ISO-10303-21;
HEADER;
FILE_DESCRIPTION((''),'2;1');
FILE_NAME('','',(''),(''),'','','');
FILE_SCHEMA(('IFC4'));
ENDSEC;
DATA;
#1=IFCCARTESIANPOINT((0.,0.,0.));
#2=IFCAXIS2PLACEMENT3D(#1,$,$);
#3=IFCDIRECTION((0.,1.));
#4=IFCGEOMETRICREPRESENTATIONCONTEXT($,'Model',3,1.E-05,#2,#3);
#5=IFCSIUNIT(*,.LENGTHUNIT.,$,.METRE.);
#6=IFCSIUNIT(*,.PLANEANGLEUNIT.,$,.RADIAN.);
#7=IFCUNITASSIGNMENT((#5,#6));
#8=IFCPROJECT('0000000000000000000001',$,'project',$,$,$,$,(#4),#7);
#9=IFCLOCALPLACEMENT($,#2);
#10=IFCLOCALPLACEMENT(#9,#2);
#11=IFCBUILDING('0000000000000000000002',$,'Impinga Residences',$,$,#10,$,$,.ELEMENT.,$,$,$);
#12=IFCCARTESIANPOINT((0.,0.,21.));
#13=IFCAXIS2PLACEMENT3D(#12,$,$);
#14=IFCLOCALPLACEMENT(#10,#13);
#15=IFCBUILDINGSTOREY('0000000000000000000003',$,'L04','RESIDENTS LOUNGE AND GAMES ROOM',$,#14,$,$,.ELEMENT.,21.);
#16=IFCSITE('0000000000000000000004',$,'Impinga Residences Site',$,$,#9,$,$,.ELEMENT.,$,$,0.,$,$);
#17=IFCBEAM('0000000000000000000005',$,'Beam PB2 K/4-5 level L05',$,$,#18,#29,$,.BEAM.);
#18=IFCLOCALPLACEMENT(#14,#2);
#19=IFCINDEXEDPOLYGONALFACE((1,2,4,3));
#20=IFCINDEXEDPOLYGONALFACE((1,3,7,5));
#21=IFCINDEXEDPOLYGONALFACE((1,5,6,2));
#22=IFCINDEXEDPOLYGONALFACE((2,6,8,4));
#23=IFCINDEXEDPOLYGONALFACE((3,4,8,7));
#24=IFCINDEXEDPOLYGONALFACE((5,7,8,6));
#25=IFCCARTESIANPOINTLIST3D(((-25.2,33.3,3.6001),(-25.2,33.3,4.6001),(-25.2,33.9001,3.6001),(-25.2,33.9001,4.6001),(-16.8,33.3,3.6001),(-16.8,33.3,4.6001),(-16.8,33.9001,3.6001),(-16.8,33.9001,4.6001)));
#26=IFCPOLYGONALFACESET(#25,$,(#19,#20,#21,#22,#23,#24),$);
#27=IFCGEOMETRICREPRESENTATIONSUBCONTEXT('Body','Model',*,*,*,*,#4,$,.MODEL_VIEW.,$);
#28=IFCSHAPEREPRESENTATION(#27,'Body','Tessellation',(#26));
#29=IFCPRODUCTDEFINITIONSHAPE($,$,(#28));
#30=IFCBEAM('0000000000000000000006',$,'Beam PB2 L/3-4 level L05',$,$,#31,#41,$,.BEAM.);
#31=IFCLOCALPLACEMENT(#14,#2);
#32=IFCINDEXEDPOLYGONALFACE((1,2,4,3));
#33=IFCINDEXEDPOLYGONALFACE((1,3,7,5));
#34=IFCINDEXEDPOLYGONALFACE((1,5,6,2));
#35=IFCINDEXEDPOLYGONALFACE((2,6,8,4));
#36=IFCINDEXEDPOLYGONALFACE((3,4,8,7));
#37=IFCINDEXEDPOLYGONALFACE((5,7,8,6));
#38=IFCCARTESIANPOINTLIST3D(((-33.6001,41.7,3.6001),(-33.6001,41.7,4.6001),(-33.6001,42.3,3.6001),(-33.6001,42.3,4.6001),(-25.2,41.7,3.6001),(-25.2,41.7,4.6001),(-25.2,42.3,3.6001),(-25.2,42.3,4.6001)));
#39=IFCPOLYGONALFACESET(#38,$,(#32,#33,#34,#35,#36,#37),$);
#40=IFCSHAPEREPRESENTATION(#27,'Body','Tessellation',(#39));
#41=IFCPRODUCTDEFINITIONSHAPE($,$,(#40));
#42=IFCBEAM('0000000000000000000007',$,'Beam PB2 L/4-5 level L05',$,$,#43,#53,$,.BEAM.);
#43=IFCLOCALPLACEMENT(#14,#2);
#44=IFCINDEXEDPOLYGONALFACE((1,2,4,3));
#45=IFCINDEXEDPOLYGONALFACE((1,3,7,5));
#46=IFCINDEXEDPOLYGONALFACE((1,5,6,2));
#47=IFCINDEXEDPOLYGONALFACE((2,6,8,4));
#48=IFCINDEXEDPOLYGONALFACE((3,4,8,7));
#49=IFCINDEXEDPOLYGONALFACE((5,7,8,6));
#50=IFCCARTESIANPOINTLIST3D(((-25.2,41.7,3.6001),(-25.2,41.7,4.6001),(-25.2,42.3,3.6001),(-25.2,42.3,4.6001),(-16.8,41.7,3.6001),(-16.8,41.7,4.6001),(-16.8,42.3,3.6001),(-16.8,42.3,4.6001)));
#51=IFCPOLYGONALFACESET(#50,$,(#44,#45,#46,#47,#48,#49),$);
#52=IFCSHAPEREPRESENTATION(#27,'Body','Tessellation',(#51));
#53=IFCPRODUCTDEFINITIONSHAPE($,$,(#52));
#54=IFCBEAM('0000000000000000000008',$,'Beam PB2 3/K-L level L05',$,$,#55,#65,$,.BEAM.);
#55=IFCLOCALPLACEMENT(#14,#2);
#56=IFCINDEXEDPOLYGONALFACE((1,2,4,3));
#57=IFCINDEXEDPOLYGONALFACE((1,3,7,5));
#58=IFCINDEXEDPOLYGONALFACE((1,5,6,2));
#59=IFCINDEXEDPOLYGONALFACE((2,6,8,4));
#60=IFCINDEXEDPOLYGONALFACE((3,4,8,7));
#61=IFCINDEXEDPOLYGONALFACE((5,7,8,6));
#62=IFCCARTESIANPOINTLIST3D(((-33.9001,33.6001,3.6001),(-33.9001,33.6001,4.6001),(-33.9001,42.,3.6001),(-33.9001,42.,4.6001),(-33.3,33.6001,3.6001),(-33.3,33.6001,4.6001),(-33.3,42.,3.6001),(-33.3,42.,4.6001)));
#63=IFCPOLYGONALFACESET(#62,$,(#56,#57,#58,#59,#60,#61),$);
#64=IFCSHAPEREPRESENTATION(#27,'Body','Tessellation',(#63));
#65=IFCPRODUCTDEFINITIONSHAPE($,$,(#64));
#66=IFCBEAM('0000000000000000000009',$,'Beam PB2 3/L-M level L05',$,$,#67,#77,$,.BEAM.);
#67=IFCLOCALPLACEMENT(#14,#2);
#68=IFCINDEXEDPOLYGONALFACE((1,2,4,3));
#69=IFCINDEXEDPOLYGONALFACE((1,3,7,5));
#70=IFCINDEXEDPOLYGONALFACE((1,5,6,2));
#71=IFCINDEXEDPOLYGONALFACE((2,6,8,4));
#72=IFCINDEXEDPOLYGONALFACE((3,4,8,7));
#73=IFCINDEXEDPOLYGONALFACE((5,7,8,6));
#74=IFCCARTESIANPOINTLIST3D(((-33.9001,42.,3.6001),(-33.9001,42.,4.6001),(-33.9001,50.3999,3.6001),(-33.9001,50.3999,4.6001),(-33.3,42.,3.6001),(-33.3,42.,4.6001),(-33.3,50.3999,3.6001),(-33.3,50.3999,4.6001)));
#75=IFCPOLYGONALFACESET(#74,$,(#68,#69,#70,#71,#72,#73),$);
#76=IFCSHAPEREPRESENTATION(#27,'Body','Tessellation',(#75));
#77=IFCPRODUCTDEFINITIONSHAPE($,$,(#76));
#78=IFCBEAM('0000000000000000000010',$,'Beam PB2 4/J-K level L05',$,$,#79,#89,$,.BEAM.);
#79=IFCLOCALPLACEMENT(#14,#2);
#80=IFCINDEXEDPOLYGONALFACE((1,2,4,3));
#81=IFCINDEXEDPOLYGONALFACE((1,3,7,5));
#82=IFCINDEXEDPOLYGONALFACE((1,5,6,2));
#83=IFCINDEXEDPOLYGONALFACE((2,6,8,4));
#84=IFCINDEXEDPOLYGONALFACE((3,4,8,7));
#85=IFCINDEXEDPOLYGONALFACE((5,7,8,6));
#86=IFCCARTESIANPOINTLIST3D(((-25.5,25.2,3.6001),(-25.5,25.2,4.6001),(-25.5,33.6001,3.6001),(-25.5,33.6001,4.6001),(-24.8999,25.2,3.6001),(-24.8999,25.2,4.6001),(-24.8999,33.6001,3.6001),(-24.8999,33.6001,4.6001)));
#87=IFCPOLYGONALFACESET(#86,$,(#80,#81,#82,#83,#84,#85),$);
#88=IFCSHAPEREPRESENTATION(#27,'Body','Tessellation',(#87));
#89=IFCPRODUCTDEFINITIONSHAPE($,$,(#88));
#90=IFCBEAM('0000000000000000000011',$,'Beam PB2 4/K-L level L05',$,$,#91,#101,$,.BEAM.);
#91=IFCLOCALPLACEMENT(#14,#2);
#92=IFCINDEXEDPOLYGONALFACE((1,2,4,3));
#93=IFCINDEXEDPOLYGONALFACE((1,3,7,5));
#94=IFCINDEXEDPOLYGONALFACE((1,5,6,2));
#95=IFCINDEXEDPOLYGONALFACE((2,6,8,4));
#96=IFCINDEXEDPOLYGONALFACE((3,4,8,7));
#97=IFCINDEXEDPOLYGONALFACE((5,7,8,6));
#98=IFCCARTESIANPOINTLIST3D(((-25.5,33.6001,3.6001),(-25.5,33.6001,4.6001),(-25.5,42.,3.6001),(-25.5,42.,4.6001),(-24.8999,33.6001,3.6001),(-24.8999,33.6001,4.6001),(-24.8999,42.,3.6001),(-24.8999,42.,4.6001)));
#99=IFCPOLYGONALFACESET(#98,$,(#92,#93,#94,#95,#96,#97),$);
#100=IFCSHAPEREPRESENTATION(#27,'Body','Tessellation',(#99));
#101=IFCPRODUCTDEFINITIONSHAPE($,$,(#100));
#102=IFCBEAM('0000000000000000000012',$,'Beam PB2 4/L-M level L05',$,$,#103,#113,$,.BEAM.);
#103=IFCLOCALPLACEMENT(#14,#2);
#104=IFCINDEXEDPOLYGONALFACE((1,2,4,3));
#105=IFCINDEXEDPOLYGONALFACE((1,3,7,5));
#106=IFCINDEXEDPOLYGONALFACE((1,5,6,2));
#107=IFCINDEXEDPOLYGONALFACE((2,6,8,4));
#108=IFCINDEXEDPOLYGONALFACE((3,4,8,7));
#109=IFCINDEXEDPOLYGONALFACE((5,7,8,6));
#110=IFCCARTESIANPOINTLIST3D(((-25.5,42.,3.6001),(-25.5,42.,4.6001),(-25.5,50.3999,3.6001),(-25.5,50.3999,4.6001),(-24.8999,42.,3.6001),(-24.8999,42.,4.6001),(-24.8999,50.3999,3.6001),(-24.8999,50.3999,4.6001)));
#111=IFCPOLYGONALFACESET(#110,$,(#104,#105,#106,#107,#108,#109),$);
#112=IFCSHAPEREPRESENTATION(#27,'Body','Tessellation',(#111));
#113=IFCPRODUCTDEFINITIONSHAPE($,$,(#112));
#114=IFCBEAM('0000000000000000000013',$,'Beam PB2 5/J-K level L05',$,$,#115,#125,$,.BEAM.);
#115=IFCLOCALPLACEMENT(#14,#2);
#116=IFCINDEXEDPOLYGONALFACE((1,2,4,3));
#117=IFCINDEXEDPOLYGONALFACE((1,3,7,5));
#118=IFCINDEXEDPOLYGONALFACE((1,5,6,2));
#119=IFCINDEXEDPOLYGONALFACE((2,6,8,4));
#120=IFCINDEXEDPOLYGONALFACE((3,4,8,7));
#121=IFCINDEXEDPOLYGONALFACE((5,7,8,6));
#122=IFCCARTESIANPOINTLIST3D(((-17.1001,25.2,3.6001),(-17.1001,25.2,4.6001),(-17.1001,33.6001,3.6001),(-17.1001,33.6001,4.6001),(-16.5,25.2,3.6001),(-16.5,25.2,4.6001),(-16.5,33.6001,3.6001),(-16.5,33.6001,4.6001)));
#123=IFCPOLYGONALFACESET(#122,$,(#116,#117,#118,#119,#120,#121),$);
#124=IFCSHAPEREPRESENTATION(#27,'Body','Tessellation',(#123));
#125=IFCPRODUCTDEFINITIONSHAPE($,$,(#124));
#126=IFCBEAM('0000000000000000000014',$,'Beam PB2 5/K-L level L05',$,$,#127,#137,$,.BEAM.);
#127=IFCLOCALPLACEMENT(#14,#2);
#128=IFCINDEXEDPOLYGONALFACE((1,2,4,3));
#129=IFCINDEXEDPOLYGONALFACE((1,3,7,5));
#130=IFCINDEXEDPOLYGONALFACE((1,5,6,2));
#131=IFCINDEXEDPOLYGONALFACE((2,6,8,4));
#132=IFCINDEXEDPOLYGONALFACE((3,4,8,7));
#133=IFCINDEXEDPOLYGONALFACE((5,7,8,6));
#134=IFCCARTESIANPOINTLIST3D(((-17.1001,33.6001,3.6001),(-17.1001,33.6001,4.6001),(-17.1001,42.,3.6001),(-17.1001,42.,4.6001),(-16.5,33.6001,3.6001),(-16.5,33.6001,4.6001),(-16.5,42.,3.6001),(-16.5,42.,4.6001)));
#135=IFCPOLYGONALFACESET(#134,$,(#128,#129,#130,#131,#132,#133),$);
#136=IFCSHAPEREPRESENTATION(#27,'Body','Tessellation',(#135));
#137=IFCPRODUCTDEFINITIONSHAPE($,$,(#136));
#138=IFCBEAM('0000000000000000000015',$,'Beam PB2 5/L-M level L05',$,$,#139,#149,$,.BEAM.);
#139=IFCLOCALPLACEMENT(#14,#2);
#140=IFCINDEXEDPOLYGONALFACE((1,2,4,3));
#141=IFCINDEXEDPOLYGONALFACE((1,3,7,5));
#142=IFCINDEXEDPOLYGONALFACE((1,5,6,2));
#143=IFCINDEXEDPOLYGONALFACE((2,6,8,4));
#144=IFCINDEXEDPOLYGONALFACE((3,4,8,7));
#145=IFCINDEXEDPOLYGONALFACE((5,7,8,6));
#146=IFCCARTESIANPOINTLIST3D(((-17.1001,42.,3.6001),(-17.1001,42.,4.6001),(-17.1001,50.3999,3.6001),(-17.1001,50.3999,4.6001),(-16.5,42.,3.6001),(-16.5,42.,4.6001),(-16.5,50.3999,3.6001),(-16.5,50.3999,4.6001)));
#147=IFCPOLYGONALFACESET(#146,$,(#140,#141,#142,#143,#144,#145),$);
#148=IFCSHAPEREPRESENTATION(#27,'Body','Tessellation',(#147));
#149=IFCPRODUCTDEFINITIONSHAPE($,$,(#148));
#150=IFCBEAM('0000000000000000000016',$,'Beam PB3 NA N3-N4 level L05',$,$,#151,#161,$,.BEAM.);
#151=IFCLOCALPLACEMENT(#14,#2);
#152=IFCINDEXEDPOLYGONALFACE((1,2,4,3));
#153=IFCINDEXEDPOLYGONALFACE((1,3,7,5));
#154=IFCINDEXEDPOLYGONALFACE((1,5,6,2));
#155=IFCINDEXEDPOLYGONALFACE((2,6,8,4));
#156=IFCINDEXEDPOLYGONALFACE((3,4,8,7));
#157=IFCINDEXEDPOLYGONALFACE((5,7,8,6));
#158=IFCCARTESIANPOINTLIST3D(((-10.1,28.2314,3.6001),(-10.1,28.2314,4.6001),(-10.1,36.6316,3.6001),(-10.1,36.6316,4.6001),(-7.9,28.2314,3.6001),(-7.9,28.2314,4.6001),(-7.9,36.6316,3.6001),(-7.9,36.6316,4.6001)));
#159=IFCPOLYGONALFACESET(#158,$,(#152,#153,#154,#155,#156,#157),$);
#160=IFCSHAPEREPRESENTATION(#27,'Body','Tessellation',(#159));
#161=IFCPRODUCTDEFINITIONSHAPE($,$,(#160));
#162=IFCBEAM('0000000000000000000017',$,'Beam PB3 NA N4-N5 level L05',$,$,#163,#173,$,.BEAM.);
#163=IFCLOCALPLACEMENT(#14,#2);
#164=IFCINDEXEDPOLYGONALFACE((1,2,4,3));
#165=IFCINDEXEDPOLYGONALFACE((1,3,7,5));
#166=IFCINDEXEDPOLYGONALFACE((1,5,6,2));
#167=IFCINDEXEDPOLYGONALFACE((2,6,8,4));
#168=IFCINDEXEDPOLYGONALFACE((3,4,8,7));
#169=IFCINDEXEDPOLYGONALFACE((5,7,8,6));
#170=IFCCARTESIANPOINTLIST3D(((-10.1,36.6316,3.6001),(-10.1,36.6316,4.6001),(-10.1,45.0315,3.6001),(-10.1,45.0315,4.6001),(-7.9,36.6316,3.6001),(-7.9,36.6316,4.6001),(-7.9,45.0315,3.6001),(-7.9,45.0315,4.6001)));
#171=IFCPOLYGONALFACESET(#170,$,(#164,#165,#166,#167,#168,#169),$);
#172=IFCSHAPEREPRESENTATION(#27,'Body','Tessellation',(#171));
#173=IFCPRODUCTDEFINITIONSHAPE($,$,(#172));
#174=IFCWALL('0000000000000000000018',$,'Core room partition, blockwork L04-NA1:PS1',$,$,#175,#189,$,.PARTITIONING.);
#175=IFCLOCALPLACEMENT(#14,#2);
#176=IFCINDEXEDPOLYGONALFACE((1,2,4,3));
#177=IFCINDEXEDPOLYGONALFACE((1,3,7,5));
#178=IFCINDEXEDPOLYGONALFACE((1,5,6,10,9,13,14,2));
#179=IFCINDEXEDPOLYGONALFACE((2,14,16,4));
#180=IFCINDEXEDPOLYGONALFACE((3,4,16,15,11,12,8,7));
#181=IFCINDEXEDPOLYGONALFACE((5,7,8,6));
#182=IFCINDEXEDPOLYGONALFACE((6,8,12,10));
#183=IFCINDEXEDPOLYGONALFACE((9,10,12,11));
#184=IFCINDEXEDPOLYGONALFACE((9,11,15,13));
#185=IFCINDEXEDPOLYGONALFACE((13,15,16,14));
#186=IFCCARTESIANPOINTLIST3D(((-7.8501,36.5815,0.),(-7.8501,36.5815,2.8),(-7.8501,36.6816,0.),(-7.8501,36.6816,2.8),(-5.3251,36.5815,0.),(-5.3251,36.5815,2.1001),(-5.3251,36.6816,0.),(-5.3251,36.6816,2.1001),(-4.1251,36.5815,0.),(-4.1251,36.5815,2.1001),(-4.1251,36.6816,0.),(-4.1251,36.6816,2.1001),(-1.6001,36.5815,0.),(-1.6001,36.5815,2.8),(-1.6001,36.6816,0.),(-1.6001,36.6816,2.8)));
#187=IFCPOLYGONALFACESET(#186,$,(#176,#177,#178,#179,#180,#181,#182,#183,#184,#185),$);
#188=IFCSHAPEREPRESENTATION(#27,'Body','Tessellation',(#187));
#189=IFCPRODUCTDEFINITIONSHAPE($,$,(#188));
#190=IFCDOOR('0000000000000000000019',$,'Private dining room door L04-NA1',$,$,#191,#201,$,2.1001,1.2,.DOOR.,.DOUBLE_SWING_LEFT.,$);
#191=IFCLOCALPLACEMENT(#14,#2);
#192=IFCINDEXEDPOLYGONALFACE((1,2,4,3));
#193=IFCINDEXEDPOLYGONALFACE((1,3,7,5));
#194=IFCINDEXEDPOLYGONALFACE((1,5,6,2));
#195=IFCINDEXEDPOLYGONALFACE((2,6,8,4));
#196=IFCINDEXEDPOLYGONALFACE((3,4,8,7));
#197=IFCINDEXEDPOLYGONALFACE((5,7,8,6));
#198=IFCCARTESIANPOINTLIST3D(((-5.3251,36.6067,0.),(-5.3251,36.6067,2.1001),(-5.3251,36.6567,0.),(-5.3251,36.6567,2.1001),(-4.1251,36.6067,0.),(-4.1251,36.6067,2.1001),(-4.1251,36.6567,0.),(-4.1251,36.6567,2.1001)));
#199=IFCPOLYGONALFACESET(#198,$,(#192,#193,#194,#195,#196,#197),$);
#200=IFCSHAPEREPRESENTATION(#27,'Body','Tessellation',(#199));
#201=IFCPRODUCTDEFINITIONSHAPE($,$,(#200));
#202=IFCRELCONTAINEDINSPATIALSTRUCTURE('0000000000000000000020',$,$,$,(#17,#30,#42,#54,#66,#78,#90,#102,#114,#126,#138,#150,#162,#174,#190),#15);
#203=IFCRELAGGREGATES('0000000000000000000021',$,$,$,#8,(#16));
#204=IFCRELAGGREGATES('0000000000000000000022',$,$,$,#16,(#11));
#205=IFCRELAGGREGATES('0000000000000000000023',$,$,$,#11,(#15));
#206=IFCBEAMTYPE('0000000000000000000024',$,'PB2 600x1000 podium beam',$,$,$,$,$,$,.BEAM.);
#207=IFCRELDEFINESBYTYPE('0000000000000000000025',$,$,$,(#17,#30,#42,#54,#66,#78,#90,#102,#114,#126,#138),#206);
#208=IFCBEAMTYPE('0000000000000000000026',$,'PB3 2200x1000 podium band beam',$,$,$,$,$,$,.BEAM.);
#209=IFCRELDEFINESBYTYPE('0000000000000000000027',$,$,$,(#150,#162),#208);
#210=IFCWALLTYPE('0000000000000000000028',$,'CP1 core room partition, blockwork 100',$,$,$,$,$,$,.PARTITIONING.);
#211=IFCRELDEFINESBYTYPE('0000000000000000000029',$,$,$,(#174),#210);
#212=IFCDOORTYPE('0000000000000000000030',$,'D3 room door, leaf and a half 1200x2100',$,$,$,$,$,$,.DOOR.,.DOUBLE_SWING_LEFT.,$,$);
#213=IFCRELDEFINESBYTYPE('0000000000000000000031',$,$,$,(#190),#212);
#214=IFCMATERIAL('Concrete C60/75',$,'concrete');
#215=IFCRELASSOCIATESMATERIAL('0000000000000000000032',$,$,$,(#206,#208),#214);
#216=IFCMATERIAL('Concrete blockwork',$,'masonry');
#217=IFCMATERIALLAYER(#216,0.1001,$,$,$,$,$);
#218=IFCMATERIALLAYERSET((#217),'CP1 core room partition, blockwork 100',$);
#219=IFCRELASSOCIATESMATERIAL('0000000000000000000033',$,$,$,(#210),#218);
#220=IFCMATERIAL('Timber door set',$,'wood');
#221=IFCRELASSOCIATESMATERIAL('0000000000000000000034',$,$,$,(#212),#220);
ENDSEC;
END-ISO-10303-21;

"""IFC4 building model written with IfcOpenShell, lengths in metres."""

from ifc_helpers import new_model, si_unit, direction, frame, frame_2d, origin, origin_2d, place, context, subcontext, project, spatial, rectangle, extrude, material, layer, layer_set, material_profile, profile_set, type_object, element, fill, save


model = new_model("IFC4")

# Units and contexts
model_context = context("Model", 3, precision=1e-05, world=origin(), true_north=direction((0.0, 1.0)))
body_context = subcontext(model_context, "Body", "Model", "MODEL_VIEW")
ifc_project = project(units=[si_unit("LENGTHUNIT", "METRE"), si_unit("PLANEANGLEUNIT", "RADIAN")], contexts=[model_context])

# Site, building, storey
site_placement = place(None, origin())
site = spatial("IfcSite", under=ifc_project, at=site_placement, Name="Impinga Residences Site", CompositionType="ELEMENT", RefElevation=0.0)
building_placement = place(site_placement, origin())
building = spatial("IfcBuilding", under=site, at=building_placement, Name="Impinga Residences", CompositionType="ELEMENT")
storey_placement = place(building_placement, frame((0.0, 0.0, 21.0)))
storey = spatial("IfcBuildingStorey", under=building, at=storey_placement, Name="L04", Description="RESIDENTS LOUNGE AND GAMES ROOM", CompositionType="ELEMENT", Elevation=21.0)

# Beams
ifc_material_1 = material(Name="Concrete C60/75", Category="concrete")
ifc_material_profile_1 = material_profile(ifc_material_1, rectangle(XDim=0.6001, YDim=1.0, at=origin_2d()), Name="RC 600x1000")
ifc_profile_set_1 = profile_set([ifc_material_profile_1], Name="Concrete C60/75")
beam_type_1 = type_object("IfcBeamType", Name="PB2 600x1000 podium beam", PredefinedType="BEAM", material=ifc_profile_set_1)
beam_1_placement = place(storey_placement, frame((-25.2, 33.6001, 4.1001), z_axis=(1.0, 0.0, 0.0), x_axis=(0.0, 1.0, 0.0)))
element("IfcBeam", 1, at=beam_1_placement, inside=storey, type_object=beam_type_1, Name="Beam PB2 K/4-5 level L05", PredefinedType="BEAM", context=body_context, shape_type="SweptSolid", body=[
    extrude(rectangle(XDim=0.6001, YDim=1.0, at=origin_2d()), origin(), (0.0, 0.0, 1.0), 8.3999),
])
beam_2_placement = place(storey_placement, frame((-33.6001, 42.0, 4.1001), z_axis=(1.0, 0.0, 0.0), x_axis=(0.0, 1.0, 0.0)))
element("IfcBeam", 2, at=beam_2_placement, inside=storey, type_object=beam_type_1, Name="Beam PB2 L/3-4 level L05", PredefinedType="BEAM", context=body_context, shape_type="SweptSolid", body=[
    extrude(rectangle(XDim=0.6001, YDim=1.0, at=origin_2d()), origin(), (0.0, 0.0, 1.0), 8.4001),
])
for number, where, z_axis, x_axis, name in (
    (3, (-25.2, 42.0, 4.1001), (1.0, 0.0, 0.0), (0.0, 1.0, 0.0), "Beam PB2 L/4-5 level L05"),
    (4, (-33.6001, 33.6001, 4.1001), (0.0, 1.0, 0.0), (-1.0, 0.0, 0.0), "Beam PB2 3/K-L level L05"),
    (5, (-33.6001, 42.0, 4.1001), (0.0, 1.0, 0.0), (-1.0, 0.0, 0.0), "Beam PB2 3/L-M level L05"),
):
    element("IfcBeam", number, at=place(storey_placement, frame(where, z_axis=z_axis, x_axis=x_axis)), inside=storey, type_object=beam_type_1, Name=name, PredefinedType="BEAM", context=body_context, shape_type="SweptSolid", body=[
        extrude(rectangle(XDim=0.6001, YDim=1.0, at=origin_2d()), origin(), (0.0, 0.0, 1.0), 8.3999),
    ])
beam_3_placement = place(storey_placement, frame((-25.2, 25.2, 4.1001), z_axis=(0.0, 1.0, 0.0), x_axis=(-1.0, 0.0, 0.0)))
element("IfcBeam", 6, at=beam_3_placement, inside=storey, type_object=beam_type_1, Name="Beam PB2 4/J-K level L05", PredefinedType="BEAM", context=body_context, shape_type="SweptSolid", body=[
    extrude(rectangle(XDim=0.6001, YDim=1.0, at=origin_2d()), origin(), (0.0, 0.0, 1.0), 8.4001),
])
for number, where, z_axis, x_axis, name in (
    (7, (-25.2, 33.6001, 4.1001), (0.0, 1.0, 0.0), (-1.0, 0.0, 0.0), "Beam PB2 4/K-L level L05"),
    (8, (-25.2, 42.0, 4.1001), (0.0, 1.0, 0.0), (-1.0, 0.0, 0.0), "Beam PB2 4/L-M level L05"),
):
    element("IfcBeam", number, at=place(storey_placement, frame(where, z_axis=z_axis, x_axis=x_axis)), inside=storey, type_object=beam_type_1, Name=name, PredefinedType="BEAM", context=body_context, shape_type="SweptSolid", body=[
        extrude(rectangle(XDim=0.6001, YDim=1.0, at=origin_2d()), origin(), (0.0, 0.0, 1.0), 8.3999),
    ])
beam_4_placement = place(storey_placement, frame((-16.8, 25.2, 4.1001), z_axis=(0.0, 1.0, 0.0), x_axis=(-1.0, 0.0, 0.0)))
element("IfcBeam", 9, at=beam_4_placement, inside=storey, type_object=beam_type_1, Name="Beam PB2 5/J-K level L05", PredefinedType="BEAM", context=body_context, shape_type="SweptSolid", body=[
    extrude(rectangle(XDim=0.6001, YDim=1.0, at=origin_2d()), origin(), (0.0, 0.0, 1.0), 8.4001),
])
for number, where, z_axis, x_axis, name in (
    (10, (-16.8, 33.6001, 4.1001), (0.0, 1.0, 0.0), (-1.0, 0.0, 0.0), "Beam PB2 5/K-L level L05"),
    (11, (-16.8, 42.0, 4.1001), (0.0, 1.0, 0.0), (-1.0, 0.0, 0.0), "Beam PB2 5/L-M level L05"),
):
    element("IfcBeam", number, at=place(storey_placement, frame(where, z_axis=z_axis, x_axis=x_axis)), inside=storey, type_object=beam_type_1, Name=name, PredefinedType="BEAM", context=body_context, shape_type="SweptSolid", body=[
        extrude(rectangle(XDim=0.6001, YDim=1.0, at=origin_2d()), origin(), (0.0, 0.0, 1.0), 8.3999),
    ])
ifc_material_profile_2 = material_profile(ifc_material_1, rectangle(XDim=2.2, YDim=1.0, at=origin_2d()), Name="RC 2200x1000")
ifc_profile_set_2 = profile_set([ifc_material_profile_2], Name="Concrete C60/75")
beam_type_2 = type_object("IfcBeamType", Name="PB3 2200x1000 podium band beam", PredefinedType="BEAM", material=ifc_profile_set_2)
beam_5_placement = place(storey_placement, frame((-9.0, 28.2314, 4.1001), z_axis=(0.0, 1.0, 0.0), x_axis=(-1.0, 0.0, 0.0)))
element("IfcBeam", 12, at=beam_5_placement, inside=storey, type_object=beam_type_2, Name="Beam PB3 NA N3-N4 level L05", PredefinedType="BEAM", context=body_context, shape_type="SweptSolid", body=[
    extrude(rectangle(XDim=2.2, YDim=1.0, at=origin_2d()), origin(), (0.0, 0.0, 1.0), 8.4001),
])
beam_6_placement = place(storey_placement, frame((-9.0, 36.6316, 4.1001), z_axis=(0.0, 1.0, 0.0), x_axis=(-1.0, 0.0, 0.0)))
element("IfcBeam", 13, at=beam_6_placement, inside=storey, type_object=beam_type_2, Name="Beam PB3 NA N4-N5 level L05", PredefinedType="BEAM", context=body_context, shape_type="SweptSolid", body=[
    extrude(rectangle(XDim=2.2, YDim=1.0, at=origin_2d()), origin(), (0.0, 0.0, 1.0), 8.3999),
])

# Wall, opening, door
ifc_material_2 = material(Name="Concrete blockwork", Category="masonry")
ifc_layer = layer(ifc_material_2, 0.1001)
ifc_layer_set = layer_set([ifc_layer], Name="CP1 core room partition, blockwork 100")
wall_type = type_object("IfcWallType", Name="CP1 core room partition, blockwork 100", PredefinedType="PARTITIONING", material=ifc_layer_set)
wall_placement = place(storey_placement, frame((-1.6001, 36.6316, 0.0), z_axis=(0.0, 0.0, 1.0), x_axis=(-1.0, 0.0, 0.0)))
wall = element("IfcWall", 14, at=wall_placement, inside=storey, type_object=wall_type, Name="Core room partition, blockwork L04-NA1:PS1", PredefinedType="PARTITIONING", context=body_context, shape_type="SweptSolid", body=[
    extrude(rectangle(XDim=6.25, YDim=0.1001, at=frame_2d((3.125, 0.0))), origin(), (0.0, 0.0, 1.0), 2.8),
])
opening_placement = place(wall_placement, frame((2.5249, 0.0, 0.0)))
opening = element("IfcOpeningElement", 15, at=opening_placement, cuts=wall, PredefinedType="OPENING", context=body_context, shape_type="SweptSolid", body=[
    extrude(rectangle(XDim=1.2, YDim=2.1001, at=frame_2d((0.6001, 1.05))), frame((0.0, 0.0601, 0.0), z_axis=(0.0, -1.0, 0.0), x_axis=(1.0, 0.0, 0.0)), (0.0, 0.0, 1.0), 0.1201),
])
ifc_material_3 = material(Name="Timber door set", Category="wood")
door_type = type_object("IfcDoorType", Name="D3 room door, leaf and a half 1200x2100", OperationType="DOUBLE_SWING_LEFT", PredefinedType="DOOR", material=ifc_material_3)
door_placement = place(opening_placement, origin())
door = element("IfcDoor", 16, at=door_placement, inside=storey, type_object=door_type, Name="Private dining room door L04-NA1", OperationType="DOUBLE_SWING_LEFT", OverallHeight=2.1001, OverallWidth=1.2, PredefinedType="DOOR", context=body_context, shape_type="SweptSolid", body=[
    extrude(rectangle(XDim=1.2, YDim=2.1001, at=frame_2d((0.6001, 1.05))), frame((0.0, 0.0249, 0.0), z_axis=(0.0, -1.0, 0.0), x_axis=(1.0, 0.0, 0.0)), (0.0, 0.0, 1.0), 0.05),
])
fill(opening, door)

save(model, "model.ifc")
